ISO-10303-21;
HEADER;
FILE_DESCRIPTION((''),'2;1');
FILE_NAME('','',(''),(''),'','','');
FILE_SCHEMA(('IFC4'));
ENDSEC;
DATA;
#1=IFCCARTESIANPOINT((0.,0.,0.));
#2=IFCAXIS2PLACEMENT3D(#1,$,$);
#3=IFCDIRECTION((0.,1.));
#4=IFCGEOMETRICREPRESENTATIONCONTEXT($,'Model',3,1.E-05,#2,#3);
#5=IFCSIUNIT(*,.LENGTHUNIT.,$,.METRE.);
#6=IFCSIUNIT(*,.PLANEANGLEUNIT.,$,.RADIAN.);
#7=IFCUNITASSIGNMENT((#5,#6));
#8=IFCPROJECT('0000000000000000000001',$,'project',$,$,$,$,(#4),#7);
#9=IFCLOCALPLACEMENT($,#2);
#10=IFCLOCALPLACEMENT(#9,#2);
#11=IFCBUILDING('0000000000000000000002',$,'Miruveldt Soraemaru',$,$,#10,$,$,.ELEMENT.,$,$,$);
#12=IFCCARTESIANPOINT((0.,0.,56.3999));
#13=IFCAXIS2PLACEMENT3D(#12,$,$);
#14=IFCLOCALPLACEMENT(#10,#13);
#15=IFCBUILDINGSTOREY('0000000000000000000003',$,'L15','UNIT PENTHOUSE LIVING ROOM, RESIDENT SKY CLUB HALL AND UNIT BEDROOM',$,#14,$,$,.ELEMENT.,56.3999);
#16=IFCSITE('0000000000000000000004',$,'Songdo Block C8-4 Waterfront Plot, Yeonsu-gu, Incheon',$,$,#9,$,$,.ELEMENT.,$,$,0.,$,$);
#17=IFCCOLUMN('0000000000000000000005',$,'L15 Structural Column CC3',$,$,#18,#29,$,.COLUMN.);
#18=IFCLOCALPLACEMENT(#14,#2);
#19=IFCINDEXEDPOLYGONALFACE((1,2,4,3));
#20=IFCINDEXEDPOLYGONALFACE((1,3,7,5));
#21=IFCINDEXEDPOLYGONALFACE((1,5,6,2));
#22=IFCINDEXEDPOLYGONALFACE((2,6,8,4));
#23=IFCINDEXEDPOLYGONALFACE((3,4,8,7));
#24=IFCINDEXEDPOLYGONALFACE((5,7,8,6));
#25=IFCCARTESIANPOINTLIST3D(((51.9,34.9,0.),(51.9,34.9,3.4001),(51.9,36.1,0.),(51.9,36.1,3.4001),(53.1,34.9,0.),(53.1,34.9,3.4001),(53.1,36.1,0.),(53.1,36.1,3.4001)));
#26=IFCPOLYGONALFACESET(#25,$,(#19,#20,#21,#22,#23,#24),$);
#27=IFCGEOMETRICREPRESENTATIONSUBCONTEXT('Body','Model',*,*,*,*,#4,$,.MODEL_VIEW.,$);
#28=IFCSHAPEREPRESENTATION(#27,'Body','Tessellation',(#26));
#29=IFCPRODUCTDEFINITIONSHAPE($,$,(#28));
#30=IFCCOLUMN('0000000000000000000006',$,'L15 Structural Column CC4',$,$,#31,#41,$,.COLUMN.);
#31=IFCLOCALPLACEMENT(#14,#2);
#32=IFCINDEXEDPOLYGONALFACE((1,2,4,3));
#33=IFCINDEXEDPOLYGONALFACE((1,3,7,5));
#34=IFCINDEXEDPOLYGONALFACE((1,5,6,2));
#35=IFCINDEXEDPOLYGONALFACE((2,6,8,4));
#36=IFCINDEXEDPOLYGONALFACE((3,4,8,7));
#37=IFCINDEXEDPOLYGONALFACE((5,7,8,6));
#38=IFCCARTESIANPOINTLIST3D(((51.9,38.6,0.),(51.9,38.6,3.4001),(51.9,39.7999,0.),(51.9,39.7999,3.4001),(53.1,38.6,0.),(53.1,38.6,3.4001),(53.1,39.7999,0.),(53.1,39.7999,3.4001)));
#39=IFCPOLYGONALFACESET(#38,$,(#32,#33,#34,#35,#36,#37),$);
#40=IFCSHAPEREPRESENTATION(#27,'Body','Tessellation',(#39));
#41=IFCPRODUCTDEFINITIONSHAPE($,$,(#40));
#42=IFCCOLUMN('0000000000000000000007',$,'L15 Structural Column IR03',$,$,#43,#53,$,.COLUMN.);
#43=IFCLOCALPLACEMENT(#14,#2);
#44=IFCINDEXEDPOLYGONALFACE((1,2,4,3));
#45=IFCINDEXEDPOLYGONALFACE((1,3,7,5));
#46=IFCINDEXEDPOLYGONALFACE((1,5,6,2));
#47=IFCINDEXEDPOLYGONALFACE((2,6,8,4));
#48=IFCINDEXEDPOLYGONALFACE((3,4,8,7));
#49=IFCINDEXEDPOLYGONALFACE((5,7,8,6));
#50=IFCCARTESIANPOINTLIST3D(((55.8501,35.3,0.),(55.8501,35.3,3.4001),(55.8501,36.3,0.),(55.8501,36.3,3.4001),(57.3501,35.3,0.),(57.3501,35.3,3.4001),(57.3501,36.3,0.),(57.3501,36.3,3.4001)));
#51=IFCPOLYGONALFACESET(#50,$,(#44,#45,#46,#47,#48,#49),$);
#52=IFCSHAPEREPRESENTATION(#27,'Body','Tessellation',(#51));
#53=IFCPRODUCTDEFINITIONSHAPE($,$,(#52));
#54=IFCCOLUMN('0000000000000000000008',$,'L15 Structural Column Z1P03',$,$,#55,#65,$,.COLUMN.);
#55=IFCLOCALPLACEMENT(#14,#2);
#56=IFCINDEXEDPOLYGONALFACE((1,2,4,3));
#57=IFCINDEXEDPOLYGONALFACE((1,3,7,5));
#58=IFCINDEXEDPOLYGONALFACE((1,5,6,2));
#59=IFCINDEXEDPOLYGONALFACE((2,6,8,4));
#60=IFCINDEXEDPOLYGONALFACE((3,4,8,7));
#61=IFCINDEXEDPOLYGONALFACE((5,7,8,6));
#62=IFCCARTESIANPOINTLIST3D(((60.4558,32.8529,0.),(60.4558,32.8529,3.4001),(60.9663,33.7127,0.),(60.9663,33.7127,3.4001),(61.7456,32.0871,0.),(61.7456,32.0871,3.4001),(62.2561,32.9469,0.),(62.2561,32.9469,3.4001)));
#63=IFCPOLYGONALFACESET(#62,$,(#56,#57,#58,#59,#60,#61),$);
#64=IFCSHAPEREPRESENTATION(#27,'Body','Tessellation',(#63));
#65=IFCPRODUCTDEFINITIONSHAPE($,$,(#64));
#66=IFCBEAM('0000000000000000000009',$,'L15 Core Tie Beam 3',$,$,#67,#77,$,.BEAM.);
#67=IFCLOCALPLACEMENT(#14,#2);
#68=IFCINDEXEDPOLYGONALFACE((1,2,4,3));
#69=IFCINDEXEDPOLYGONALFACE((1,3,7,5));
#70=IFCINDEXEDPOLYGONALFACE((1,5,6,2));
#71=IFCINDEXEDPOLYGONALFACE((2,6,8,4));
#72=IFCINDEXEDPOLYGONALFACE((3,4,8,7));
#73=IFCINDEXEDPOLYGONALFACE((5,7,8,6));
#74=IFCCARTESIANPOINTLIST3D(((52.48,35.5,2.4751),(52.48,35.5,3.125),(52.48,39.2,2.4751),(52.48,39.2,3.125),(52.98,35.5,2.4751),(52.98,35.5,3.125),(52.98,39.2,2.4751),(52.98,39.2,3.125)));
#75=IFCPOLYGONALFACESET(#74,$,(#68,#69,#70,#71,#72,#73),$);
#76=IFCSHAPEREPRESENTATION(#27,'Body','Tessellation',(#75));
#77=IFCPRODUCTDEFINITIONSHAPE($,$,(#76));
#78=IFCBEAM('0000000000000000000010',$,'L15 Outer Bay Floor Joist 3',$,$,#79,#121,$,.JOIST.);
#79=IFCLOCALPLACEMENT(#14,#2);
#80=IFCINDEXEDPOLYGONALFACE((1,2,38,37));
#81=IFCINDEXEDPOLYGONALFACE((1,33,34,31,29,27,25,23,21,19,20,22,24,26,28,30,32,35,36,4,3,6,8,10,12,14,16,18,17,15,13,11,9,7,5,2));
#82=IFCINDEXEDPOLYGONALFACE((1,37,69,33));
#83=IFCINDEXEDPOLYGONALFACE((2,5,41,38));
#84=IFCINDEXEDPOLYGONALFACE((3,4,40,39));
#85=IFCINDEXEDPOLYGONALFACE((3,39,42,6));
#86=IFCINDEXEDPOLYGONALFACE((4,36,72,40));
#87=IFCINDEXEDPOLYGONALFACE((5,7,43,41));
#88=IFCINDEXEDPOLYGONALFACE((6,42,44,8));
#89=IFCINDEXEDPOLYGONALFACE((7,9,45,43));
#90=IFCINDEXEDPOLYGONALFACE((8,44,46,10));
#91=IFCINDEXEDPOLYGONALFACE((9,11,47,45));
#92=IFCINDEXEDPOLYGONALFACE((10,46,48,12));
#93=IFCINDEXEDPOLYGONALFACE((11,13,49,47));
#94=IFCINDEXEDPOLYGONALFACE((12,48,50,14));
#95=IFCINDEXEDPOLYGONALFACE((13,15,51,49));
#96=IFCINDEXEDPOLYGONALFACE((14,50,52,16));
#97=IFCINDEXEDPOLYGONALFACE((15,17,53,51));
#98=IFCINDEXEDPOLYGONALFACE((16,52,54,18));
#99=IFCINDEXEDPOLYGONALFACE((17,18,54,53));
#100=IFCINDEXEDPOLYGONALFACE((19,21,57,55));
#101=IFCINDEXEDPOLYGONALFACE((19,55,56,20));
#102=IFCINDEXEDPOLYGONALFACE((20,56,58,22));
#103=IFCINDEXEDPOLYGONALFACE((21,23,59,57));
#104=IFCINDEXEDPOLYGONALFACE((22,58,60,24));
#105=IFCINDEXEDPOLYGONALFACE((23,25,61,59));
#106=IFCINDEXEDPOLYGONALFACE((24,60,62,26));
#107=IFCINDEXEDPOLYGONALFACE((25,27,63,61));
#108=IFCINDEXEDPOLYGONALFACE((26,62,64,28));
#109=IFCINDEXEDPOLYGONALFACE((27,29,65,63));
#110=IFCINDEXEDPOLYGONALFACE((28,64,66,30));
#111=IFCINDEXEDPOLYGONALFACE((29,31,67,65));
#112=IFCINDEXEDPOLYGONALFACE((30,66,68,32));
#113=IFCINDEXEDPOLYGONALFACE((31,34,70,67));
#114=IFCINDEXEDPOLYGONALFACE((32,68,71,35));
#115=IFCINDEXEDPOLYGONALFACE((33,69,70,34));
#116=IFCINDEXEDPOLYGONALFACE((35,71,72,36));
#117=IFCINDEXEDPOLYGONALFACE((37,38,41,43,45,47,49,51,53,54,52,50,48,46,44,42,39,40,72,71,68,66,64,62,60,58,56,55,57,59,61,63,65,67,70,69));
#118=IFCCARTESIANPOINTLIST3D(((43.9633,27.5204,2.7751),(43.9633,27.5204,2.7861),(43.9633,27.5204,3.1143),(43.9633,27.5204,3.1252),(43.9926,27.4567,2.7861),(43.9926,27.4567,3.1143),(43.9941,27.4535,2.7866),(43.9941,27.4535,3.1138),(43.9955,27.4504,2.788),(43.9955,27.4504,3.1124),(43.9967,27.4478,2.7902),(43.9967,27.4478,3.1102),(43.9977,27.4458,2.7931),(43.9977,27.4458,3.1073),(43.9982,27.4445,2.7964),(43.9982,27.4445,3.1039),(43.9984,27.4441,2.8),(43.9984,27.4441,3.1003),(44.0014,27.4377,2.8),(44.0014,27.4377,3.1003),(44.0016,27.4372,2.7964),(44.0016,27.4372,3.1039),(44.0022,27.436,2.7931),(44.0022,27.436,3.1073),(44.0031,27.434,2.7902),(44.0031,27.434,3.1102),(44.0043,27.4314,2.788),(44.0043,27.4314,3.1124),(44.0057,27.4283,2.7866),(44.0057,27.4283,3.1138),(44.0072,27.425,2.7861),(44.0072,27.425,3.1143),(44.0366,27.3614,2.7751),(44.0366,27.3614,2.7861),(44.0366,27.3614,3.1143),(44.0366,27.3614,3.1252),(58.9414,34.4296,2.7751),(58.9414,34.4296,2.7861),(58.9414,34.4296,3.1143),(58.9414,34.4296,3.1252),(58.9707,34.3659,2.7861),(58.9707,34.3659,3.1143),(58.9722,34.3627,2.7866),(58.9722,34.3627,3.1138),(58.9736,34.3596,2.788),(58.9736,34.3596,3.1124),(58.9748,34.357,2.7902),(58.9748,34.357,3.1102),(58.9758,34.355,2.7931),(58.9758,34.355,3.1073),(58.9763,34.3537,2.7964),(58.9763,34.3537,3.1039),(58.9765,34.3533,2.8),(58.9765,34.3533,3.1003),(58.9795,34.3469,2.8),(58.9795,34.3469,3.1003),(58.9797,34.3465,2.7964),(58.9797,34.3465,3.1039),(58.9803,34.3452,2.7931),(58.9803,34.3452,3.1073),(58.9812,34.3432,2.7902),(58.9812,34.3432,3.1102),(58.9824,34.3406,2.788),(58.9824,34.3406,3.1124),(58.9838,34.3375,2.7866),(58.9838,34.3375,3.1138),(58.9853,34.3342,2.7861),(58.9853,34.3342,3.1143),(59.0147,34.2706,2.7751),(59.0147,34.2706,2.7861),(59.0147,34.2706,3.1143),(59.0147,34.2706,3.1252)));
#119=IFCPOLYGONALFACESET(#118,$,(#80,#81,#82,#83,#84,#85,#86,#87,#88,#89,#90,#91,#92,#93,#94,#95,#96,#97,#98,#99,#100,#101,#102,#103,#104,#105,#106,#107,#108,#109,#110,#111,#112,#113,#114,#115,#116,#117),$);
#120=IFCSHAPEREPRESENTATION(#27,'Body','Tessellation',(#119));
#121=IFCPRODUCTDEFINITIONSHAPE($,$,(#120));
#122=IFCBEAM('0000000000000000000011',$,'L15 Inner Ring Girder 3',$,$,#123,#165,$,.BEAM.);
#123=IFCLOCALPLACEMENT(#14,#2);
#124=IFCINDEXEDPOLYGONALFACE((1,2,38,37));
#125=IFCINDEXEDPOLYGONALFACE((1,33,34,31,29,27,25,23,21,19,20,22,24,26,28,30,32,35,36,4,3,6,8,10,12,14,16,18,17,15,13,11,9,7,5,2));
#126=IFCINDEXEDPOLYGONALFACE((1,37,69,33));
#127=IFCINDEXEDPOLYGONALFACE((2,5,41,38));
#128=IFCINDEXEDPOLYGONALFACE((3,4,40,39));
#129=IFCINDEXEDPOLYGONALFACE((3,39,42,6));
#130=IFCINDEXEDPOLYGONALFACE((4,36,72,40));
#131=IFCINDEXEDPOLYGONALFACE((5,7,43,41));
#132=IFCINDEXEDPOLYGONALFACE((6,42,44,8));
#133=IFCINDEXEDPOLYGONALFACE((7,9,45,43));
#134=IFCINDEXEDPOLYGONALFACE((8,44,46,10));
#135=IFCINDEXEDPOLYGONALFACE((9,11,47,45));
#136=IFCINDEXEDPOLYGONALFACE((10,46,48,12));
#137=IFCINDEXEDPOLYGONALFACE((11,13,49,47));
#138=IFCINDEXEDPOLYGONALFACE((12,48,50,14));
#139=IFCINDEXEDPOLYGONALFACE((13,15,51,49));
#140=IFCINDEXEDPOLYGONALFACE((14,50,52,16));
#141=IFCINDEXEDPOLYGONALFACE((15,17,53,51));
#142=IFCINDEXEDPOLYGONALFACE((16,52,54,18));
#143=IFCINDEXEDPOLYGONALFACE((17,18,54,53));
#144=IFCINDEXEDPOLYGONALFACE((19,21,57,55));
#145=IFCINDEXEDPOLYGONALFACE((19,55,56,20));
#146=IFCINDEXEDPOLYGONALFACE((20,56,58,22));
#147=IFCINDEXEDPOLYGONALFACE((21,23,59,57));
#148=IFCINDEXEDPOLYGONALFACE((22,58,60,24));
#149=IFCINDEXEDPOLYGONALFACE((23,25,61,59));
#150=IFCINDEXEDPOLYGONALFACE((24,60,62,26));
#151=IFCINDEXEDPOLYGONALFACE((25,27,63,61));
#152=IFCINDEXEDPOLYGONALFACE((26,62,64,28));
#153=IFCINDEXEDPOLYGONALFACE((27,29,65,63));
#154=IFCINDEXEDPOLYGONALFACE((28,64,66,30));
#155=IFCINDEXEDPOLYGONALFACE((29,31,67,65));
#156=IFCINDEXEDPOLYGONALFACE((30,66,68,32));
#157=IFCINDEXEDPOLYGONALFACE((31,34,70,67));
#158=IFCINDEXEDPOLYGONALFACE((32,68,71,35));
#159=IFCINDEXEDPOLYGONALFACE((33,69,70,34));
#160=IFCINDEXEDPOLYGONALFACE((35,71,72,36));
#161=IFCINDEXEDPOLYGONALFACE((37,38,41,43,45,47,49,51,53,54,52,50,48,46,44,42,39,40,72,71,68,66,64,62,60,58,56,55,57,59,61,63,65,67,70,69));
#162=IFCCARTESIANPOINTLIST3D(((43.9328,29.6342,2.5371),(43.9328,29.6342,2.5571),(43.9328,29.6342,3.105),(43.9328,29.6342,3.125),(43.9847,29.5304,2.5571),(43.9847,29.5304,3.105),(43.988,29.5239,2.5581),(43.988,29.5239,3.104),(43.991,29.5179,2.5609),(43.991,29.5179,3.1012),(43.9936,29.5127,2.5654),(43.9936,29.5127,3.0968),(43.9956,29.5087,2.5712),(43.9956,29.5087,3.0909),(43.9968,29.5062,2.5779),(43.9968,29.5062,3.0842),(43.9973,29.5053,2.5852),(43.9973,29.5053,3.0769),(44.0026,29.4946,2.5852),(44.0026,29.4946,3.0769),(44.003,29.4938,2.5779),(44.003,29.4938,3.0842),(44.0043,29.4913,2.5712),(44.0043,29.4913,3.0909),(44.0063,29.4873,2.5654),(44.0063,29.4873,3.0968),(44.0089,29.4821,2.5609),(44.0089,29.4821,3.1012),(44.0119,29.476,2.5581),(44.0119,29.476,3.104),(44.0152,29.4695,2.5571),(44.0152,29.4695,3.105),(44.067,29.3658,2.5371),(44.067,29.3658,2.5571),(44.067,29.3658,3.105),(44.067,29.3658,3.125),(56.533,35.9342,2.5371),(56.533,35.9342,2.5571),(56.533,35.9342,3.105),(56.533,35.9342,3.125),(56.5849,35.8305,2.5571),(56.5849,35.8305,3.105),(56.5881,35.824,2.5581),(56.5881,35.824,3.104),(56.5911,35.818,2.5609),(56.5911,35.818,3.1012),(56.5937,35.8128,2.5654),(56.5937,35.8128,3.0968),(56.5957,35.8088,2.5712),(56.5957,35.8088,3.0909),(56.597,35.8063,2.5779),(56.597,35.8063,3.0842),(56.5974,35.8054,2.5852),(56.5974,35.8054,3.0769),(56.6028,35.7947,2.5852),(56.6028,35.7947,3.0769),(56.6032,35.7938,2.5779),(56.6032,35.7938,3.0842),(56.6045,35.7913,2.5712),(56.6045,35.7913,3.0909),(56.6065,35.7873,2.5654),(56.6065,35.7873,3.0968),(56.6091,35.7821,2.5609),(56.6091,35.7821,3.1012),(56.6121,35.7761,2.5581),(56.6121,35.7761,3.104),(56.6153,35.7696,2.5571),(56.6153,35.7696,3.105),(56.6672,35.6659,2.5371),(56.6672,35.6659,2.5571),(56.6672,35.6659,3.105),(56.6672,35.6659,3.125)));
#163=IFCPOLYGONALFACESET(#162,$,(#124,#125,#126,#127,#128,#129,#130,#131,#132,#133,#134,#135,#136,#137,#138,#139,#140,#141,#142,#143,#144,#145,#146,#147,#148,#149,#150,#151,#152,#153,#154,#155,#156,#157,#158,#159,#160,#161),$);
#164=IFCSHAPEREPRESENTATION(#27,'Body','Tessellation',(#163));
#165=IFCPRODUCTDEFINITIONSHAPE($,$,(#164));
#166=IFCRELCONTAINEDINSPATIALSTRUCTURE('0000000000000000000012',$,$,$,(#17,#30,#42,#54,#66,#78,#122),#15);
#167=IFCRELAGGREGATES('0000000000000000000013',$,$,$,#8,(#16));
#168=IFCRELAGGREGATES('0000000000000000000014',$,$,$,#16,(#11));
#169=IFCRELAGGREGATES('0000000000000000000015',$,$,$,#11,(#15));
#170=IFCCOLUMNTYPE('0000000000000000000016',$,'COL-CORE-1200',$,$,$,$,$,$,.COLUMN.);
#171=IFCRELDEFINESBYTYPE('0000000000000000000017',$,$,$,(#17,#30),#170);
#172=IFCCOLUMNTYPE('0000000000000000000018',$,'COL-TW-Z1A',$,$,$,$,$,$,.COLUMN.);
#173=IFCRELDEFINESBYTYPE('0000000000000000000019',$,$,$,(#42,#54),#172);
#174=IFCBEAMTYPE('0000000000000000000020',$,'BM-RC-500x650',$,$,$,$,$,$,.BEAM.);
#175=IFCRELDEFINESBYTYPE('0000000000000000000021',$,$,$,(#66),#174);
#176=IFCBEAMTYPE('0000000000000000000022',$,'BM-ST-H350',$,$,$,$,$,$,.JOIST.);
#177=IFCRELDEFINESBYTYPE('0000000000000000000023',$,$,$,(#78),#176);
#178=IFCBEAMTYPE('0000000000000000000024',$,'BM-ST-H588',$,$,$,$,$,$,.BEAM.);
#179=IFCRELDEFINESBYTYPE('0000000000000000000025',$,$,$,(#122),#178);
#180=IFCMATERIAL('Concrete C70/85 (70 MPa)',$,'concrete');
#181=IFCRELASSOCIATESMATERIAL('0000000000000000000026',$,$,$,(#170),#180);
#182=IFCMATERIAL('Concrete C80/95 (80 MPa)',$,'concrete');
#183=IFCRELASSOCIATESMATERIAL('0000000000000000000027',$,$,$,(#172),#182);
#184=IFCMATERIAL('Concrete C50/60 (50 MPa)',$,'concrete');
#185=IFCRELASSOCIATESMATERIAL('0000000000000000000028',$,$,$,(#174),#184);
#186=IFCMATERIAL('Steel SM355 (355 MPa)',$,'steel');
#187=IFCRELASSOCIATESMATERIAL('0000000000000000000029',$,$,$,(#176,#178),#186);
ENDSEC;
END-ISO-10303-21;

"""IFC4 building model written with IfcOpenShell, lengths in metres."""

from ifc_helpers import new_model, si_unit, direction, frame, origin, origin_2d, place, context, subcontext, project, spatial, rectangle, i_section, extrude, material, material_profile, profile_set, type_object, element, save


model = new_model("IFC4")

# Units and contexts
model_context = context("Model", 3, precision=1e-05, world=origin(), true_north=direction((0.0, 1.0)))
body_context = subcontext(model_context, "Body", "Model", "MODEL_VIEW")
ifc_project = project(units=[si_unit("LENGTHUNIT", "METRE"), si_unit("PLANEANGLEUNIT", "RADIAN")], contexts=[model_context])

# Site, building, storey
site_placement = place(None, origin())
site = spatial("IfcSite", under=ifc_project, at=site_placement, Name="Songdo Block C8-4 Waterfront Plot, Yeonsu-gu, Incheon", CompositionType="ELEMENT", RefElevation=0.0)
building_placement = place(site_placement, origin())
building = spatial("IfcBuilding", under=site, at=building_placement, Name="Miruveldt Soraemaru", CompositionType="ELEMENT")
storey_placement = place(building_placement, frame((0.0, 0.0, 56.3999)))
storey = spatial("IfcBuildingStorey", under=building, at=storey_placement, Name="L15", Description="UNIT PENTHOUSE LIVING ROOM, RESIDENT SKY CLUB HALL AND UNIT BEDROOM", CompositionType="ELEMENT", Elevation=56.3999)

# Columns
ifc_material_1 = material(Name="Concrete C70/85 (70 MPa)", Category="concrete")
ifc_material_profile_1 = material_profile(ifc_material_1, rectangle(XDim=1.2, YDim=1.2, at=origin_2d()), Name="Concrete C70/85 (70 MPa)", Category="concrete")
ifc_profile_set_1 = profile_set([ifc_material_profile_1], Name="Concrete C70/85 (70 MPa)")
column_type_1 = type_object("IfcColumnType", Name="COL-CORE-1200", PredefinedType="COLUMN", material=ifc_profile_set_1)
for number, where, z_axis, x_axis, name in (
    (1, (52.5, 35.5, 0.0), (0.0, 0.0, 1.0), (1.0, 0.0, 0.0), "L15 Structural Column CC3"),
    (2, (52.5, 39.2, 0.0), (0.0, 0.0, 1.0), (1.0, 0.0, 0.0), "L15 Structural Column CC4"),
):
    element("IfcColumn", number, at=place(storey_placement, frame(where, z_axis=z_axis, x_axis=x_axis)), inside=storey, type_object=column_type_1, Name=name, PredefinedType="COLUMN", context=body_context, shape_type="SweptSolid", body=[
        extrude(rectangle(XDim=1.2, YDim=1.2, at=origin_2d()), origin(), (0.0, 0.0, 1.0), 3.4001),
    ])
ifc_material_2 = material(Name="Concrete C80/95 (80 MPa)", Category="concrete")
ifc_material_profile_2 = material_profile(ifc_material_2, rectangle(XDim=1.5, YDim=1.0, at=origin_2d()), Name="Concrete C80/95 (80 MPa)", Category="concrete")
ifc_profile_set_2 = profile_set([ifc_material_profile_2], Name="Concrete C80/95 (80 MPa)")
column_type_2 = type_object("IfcColumnType", Name="COL-TW-Z1A", PredefinedType="COLUMN", material=ifc_profile_set_2)
for number, where, z_axis, x_axis, name in (
    (3, (56.6001, 35.8, 0.0), (0.0, 0.0, 1.0), (1.0, 0.0, 0.0), "L15 Structural Column IR03"),
    (4, (61.356, 32.8999, 0.0), (0.0, 0.0, 1.0), (-0.859852, 0.510543, 0.0), "L15 Structural Column Z1P03"),
):
    element("IfcColumn", number, at=place(storey_placement, frame(where, z_axis=z_axis, x_axis=x_axis)), inside=storey, type_object=column_type_2, Name=name, PredefinedType="COLUMN", context=body_context, shape_type="SweptSolid", body=[
        extrude(rectangle(XDim=1.5, YDim=1.0, at=origin_2d()), origin(), (0.0, 0.0, 1.0), 3.4001),
    ])

# Beams
ifc_material_3 = material(Name="Concrete C50/60 (50 MPa)", Category="concrete")
ifc_material_profile_3 = material_profile(ifc_material_3, rectangle(XDim=0.5, YDim=0.6499, at=origin_2d()), Name="Concrete C50/60 (50 MPa)", Category="concrete")
ifc_profile_set_3 = profile_set([ifc_material_profile_3], Name="Concrete C50/60 (50 MPa)")
beam_type_1 = type_object("IfcBeamType", Name="BM-RC-500x650", PredefinedType="BEAM", material=ifc_profile_set_3)
beam_1_placement = place(storey_placement, frame((52.73, 35.5, 2.8), z_axis=(0.0, 1.0, 0.0), x_axis=(-1.0, 0.0, 0.0)))
element("IfcBeam", 5, at=beam_1_placement, inside=storey, type_object=beam_type_1, Name="L15 Core Tie Beam 3", PredefinedType="BEAM", context=body_context, shape_type="SweptSolid", body=[
    extrude(rectangle(XDim=0.5, YDim=0.6499, at=origin_2d()), origin(), (0.0, 0.0, 1.0), 3.7),
])
ifc_material_4 = material(Name="Steel SM355 (355 MPa)", Category="steel")
ifc_material_profile_4 = material_profile(ifc_material_4, i_section(OverallWidth=0.175, OverallDepth=0.3501, WebThickness=0.0071, FlangeThickness=0.011, FilletRadius=0.0139, at=origin_2d()), Name="Steel SM355 (355 MPa)", Category="steel")
ifc_profile_set_4 = profile_set([ifc_material_profile_4], Name="Steel SM355 (355 MPa)")
beam_type_2 = type_object("IfcBeamType", Name="BM-ST-H350", PredefinedType="JOIST", material=ifc_profile_set_4)
beam_2_placement = place(storey_placement, frame((58.978, 34.3501, 2.9502), z_axis=(-0.908046, -0.41887, 0.0), x_axis=(0.41887, -0.908046, 0.0)))
element("IfcBeam", 6, at=beam_2_placement, inside=storey, type_object=beam_type_2, Name="L15 Outer Bay Floor Joist 3", PredefinedType="JOIST", context=body_context, shape_type="SweptSolid", body=[
    extrude(i_section(OverallWidth=0.175, OverallDepth=0.3501, WebThickness=0.0071, FlangeThickness=0.011, FilletRadius=0.0139, at=origin_2d()), origin(), (0.0, 0.0, 1.0), 16.4949),
])
ifc_material_profile_5 = material_profile(ifc_material_4, i_section(OverallWidth=0.3, OverallDepth=0.5879, WebThickness=0.012, FlangeThickness=0.02, FilletRadius=0.0281, at=origin_2d()), Name="Steel SM355 (355 MPa)", Category="steel")
ifc_profile_set_5 = profile_set([ifc_material_profile_5], Name="Steel SM355 (355 MPa)")
beam_type_3 = type_object("IfcBeamType", Name="BM-ST-H588", PredefinedType="BEAM", material=ifc_profile_set_5)
beam_3_placement = place(storey_placement, frame((56.6001, 35.8, 2.8311), z_axis=(-0.894427, -0.447214, 0.0), x_axis=(0.447214, -0.894427, 0.0)))
element("IfcBeam", 7, at=beam_3_placement, inside=storey, type_object=beam_type_3, Name="L15 Inner Ring Girder 3", PredefinedType="BEAM", context=body_context, shape_type="SweptSolid", body=[
    extrude(i_section(OverallWidth=0.3, OverallDepth=0.5879, WebThickness=0.012, FlangeThickness=0.02, FilletRadius=0.0281, at=origin_2d()), origin(), (0.0, 0.0, 1.0), 14.0874),
])

save(model, "model.ifc")
